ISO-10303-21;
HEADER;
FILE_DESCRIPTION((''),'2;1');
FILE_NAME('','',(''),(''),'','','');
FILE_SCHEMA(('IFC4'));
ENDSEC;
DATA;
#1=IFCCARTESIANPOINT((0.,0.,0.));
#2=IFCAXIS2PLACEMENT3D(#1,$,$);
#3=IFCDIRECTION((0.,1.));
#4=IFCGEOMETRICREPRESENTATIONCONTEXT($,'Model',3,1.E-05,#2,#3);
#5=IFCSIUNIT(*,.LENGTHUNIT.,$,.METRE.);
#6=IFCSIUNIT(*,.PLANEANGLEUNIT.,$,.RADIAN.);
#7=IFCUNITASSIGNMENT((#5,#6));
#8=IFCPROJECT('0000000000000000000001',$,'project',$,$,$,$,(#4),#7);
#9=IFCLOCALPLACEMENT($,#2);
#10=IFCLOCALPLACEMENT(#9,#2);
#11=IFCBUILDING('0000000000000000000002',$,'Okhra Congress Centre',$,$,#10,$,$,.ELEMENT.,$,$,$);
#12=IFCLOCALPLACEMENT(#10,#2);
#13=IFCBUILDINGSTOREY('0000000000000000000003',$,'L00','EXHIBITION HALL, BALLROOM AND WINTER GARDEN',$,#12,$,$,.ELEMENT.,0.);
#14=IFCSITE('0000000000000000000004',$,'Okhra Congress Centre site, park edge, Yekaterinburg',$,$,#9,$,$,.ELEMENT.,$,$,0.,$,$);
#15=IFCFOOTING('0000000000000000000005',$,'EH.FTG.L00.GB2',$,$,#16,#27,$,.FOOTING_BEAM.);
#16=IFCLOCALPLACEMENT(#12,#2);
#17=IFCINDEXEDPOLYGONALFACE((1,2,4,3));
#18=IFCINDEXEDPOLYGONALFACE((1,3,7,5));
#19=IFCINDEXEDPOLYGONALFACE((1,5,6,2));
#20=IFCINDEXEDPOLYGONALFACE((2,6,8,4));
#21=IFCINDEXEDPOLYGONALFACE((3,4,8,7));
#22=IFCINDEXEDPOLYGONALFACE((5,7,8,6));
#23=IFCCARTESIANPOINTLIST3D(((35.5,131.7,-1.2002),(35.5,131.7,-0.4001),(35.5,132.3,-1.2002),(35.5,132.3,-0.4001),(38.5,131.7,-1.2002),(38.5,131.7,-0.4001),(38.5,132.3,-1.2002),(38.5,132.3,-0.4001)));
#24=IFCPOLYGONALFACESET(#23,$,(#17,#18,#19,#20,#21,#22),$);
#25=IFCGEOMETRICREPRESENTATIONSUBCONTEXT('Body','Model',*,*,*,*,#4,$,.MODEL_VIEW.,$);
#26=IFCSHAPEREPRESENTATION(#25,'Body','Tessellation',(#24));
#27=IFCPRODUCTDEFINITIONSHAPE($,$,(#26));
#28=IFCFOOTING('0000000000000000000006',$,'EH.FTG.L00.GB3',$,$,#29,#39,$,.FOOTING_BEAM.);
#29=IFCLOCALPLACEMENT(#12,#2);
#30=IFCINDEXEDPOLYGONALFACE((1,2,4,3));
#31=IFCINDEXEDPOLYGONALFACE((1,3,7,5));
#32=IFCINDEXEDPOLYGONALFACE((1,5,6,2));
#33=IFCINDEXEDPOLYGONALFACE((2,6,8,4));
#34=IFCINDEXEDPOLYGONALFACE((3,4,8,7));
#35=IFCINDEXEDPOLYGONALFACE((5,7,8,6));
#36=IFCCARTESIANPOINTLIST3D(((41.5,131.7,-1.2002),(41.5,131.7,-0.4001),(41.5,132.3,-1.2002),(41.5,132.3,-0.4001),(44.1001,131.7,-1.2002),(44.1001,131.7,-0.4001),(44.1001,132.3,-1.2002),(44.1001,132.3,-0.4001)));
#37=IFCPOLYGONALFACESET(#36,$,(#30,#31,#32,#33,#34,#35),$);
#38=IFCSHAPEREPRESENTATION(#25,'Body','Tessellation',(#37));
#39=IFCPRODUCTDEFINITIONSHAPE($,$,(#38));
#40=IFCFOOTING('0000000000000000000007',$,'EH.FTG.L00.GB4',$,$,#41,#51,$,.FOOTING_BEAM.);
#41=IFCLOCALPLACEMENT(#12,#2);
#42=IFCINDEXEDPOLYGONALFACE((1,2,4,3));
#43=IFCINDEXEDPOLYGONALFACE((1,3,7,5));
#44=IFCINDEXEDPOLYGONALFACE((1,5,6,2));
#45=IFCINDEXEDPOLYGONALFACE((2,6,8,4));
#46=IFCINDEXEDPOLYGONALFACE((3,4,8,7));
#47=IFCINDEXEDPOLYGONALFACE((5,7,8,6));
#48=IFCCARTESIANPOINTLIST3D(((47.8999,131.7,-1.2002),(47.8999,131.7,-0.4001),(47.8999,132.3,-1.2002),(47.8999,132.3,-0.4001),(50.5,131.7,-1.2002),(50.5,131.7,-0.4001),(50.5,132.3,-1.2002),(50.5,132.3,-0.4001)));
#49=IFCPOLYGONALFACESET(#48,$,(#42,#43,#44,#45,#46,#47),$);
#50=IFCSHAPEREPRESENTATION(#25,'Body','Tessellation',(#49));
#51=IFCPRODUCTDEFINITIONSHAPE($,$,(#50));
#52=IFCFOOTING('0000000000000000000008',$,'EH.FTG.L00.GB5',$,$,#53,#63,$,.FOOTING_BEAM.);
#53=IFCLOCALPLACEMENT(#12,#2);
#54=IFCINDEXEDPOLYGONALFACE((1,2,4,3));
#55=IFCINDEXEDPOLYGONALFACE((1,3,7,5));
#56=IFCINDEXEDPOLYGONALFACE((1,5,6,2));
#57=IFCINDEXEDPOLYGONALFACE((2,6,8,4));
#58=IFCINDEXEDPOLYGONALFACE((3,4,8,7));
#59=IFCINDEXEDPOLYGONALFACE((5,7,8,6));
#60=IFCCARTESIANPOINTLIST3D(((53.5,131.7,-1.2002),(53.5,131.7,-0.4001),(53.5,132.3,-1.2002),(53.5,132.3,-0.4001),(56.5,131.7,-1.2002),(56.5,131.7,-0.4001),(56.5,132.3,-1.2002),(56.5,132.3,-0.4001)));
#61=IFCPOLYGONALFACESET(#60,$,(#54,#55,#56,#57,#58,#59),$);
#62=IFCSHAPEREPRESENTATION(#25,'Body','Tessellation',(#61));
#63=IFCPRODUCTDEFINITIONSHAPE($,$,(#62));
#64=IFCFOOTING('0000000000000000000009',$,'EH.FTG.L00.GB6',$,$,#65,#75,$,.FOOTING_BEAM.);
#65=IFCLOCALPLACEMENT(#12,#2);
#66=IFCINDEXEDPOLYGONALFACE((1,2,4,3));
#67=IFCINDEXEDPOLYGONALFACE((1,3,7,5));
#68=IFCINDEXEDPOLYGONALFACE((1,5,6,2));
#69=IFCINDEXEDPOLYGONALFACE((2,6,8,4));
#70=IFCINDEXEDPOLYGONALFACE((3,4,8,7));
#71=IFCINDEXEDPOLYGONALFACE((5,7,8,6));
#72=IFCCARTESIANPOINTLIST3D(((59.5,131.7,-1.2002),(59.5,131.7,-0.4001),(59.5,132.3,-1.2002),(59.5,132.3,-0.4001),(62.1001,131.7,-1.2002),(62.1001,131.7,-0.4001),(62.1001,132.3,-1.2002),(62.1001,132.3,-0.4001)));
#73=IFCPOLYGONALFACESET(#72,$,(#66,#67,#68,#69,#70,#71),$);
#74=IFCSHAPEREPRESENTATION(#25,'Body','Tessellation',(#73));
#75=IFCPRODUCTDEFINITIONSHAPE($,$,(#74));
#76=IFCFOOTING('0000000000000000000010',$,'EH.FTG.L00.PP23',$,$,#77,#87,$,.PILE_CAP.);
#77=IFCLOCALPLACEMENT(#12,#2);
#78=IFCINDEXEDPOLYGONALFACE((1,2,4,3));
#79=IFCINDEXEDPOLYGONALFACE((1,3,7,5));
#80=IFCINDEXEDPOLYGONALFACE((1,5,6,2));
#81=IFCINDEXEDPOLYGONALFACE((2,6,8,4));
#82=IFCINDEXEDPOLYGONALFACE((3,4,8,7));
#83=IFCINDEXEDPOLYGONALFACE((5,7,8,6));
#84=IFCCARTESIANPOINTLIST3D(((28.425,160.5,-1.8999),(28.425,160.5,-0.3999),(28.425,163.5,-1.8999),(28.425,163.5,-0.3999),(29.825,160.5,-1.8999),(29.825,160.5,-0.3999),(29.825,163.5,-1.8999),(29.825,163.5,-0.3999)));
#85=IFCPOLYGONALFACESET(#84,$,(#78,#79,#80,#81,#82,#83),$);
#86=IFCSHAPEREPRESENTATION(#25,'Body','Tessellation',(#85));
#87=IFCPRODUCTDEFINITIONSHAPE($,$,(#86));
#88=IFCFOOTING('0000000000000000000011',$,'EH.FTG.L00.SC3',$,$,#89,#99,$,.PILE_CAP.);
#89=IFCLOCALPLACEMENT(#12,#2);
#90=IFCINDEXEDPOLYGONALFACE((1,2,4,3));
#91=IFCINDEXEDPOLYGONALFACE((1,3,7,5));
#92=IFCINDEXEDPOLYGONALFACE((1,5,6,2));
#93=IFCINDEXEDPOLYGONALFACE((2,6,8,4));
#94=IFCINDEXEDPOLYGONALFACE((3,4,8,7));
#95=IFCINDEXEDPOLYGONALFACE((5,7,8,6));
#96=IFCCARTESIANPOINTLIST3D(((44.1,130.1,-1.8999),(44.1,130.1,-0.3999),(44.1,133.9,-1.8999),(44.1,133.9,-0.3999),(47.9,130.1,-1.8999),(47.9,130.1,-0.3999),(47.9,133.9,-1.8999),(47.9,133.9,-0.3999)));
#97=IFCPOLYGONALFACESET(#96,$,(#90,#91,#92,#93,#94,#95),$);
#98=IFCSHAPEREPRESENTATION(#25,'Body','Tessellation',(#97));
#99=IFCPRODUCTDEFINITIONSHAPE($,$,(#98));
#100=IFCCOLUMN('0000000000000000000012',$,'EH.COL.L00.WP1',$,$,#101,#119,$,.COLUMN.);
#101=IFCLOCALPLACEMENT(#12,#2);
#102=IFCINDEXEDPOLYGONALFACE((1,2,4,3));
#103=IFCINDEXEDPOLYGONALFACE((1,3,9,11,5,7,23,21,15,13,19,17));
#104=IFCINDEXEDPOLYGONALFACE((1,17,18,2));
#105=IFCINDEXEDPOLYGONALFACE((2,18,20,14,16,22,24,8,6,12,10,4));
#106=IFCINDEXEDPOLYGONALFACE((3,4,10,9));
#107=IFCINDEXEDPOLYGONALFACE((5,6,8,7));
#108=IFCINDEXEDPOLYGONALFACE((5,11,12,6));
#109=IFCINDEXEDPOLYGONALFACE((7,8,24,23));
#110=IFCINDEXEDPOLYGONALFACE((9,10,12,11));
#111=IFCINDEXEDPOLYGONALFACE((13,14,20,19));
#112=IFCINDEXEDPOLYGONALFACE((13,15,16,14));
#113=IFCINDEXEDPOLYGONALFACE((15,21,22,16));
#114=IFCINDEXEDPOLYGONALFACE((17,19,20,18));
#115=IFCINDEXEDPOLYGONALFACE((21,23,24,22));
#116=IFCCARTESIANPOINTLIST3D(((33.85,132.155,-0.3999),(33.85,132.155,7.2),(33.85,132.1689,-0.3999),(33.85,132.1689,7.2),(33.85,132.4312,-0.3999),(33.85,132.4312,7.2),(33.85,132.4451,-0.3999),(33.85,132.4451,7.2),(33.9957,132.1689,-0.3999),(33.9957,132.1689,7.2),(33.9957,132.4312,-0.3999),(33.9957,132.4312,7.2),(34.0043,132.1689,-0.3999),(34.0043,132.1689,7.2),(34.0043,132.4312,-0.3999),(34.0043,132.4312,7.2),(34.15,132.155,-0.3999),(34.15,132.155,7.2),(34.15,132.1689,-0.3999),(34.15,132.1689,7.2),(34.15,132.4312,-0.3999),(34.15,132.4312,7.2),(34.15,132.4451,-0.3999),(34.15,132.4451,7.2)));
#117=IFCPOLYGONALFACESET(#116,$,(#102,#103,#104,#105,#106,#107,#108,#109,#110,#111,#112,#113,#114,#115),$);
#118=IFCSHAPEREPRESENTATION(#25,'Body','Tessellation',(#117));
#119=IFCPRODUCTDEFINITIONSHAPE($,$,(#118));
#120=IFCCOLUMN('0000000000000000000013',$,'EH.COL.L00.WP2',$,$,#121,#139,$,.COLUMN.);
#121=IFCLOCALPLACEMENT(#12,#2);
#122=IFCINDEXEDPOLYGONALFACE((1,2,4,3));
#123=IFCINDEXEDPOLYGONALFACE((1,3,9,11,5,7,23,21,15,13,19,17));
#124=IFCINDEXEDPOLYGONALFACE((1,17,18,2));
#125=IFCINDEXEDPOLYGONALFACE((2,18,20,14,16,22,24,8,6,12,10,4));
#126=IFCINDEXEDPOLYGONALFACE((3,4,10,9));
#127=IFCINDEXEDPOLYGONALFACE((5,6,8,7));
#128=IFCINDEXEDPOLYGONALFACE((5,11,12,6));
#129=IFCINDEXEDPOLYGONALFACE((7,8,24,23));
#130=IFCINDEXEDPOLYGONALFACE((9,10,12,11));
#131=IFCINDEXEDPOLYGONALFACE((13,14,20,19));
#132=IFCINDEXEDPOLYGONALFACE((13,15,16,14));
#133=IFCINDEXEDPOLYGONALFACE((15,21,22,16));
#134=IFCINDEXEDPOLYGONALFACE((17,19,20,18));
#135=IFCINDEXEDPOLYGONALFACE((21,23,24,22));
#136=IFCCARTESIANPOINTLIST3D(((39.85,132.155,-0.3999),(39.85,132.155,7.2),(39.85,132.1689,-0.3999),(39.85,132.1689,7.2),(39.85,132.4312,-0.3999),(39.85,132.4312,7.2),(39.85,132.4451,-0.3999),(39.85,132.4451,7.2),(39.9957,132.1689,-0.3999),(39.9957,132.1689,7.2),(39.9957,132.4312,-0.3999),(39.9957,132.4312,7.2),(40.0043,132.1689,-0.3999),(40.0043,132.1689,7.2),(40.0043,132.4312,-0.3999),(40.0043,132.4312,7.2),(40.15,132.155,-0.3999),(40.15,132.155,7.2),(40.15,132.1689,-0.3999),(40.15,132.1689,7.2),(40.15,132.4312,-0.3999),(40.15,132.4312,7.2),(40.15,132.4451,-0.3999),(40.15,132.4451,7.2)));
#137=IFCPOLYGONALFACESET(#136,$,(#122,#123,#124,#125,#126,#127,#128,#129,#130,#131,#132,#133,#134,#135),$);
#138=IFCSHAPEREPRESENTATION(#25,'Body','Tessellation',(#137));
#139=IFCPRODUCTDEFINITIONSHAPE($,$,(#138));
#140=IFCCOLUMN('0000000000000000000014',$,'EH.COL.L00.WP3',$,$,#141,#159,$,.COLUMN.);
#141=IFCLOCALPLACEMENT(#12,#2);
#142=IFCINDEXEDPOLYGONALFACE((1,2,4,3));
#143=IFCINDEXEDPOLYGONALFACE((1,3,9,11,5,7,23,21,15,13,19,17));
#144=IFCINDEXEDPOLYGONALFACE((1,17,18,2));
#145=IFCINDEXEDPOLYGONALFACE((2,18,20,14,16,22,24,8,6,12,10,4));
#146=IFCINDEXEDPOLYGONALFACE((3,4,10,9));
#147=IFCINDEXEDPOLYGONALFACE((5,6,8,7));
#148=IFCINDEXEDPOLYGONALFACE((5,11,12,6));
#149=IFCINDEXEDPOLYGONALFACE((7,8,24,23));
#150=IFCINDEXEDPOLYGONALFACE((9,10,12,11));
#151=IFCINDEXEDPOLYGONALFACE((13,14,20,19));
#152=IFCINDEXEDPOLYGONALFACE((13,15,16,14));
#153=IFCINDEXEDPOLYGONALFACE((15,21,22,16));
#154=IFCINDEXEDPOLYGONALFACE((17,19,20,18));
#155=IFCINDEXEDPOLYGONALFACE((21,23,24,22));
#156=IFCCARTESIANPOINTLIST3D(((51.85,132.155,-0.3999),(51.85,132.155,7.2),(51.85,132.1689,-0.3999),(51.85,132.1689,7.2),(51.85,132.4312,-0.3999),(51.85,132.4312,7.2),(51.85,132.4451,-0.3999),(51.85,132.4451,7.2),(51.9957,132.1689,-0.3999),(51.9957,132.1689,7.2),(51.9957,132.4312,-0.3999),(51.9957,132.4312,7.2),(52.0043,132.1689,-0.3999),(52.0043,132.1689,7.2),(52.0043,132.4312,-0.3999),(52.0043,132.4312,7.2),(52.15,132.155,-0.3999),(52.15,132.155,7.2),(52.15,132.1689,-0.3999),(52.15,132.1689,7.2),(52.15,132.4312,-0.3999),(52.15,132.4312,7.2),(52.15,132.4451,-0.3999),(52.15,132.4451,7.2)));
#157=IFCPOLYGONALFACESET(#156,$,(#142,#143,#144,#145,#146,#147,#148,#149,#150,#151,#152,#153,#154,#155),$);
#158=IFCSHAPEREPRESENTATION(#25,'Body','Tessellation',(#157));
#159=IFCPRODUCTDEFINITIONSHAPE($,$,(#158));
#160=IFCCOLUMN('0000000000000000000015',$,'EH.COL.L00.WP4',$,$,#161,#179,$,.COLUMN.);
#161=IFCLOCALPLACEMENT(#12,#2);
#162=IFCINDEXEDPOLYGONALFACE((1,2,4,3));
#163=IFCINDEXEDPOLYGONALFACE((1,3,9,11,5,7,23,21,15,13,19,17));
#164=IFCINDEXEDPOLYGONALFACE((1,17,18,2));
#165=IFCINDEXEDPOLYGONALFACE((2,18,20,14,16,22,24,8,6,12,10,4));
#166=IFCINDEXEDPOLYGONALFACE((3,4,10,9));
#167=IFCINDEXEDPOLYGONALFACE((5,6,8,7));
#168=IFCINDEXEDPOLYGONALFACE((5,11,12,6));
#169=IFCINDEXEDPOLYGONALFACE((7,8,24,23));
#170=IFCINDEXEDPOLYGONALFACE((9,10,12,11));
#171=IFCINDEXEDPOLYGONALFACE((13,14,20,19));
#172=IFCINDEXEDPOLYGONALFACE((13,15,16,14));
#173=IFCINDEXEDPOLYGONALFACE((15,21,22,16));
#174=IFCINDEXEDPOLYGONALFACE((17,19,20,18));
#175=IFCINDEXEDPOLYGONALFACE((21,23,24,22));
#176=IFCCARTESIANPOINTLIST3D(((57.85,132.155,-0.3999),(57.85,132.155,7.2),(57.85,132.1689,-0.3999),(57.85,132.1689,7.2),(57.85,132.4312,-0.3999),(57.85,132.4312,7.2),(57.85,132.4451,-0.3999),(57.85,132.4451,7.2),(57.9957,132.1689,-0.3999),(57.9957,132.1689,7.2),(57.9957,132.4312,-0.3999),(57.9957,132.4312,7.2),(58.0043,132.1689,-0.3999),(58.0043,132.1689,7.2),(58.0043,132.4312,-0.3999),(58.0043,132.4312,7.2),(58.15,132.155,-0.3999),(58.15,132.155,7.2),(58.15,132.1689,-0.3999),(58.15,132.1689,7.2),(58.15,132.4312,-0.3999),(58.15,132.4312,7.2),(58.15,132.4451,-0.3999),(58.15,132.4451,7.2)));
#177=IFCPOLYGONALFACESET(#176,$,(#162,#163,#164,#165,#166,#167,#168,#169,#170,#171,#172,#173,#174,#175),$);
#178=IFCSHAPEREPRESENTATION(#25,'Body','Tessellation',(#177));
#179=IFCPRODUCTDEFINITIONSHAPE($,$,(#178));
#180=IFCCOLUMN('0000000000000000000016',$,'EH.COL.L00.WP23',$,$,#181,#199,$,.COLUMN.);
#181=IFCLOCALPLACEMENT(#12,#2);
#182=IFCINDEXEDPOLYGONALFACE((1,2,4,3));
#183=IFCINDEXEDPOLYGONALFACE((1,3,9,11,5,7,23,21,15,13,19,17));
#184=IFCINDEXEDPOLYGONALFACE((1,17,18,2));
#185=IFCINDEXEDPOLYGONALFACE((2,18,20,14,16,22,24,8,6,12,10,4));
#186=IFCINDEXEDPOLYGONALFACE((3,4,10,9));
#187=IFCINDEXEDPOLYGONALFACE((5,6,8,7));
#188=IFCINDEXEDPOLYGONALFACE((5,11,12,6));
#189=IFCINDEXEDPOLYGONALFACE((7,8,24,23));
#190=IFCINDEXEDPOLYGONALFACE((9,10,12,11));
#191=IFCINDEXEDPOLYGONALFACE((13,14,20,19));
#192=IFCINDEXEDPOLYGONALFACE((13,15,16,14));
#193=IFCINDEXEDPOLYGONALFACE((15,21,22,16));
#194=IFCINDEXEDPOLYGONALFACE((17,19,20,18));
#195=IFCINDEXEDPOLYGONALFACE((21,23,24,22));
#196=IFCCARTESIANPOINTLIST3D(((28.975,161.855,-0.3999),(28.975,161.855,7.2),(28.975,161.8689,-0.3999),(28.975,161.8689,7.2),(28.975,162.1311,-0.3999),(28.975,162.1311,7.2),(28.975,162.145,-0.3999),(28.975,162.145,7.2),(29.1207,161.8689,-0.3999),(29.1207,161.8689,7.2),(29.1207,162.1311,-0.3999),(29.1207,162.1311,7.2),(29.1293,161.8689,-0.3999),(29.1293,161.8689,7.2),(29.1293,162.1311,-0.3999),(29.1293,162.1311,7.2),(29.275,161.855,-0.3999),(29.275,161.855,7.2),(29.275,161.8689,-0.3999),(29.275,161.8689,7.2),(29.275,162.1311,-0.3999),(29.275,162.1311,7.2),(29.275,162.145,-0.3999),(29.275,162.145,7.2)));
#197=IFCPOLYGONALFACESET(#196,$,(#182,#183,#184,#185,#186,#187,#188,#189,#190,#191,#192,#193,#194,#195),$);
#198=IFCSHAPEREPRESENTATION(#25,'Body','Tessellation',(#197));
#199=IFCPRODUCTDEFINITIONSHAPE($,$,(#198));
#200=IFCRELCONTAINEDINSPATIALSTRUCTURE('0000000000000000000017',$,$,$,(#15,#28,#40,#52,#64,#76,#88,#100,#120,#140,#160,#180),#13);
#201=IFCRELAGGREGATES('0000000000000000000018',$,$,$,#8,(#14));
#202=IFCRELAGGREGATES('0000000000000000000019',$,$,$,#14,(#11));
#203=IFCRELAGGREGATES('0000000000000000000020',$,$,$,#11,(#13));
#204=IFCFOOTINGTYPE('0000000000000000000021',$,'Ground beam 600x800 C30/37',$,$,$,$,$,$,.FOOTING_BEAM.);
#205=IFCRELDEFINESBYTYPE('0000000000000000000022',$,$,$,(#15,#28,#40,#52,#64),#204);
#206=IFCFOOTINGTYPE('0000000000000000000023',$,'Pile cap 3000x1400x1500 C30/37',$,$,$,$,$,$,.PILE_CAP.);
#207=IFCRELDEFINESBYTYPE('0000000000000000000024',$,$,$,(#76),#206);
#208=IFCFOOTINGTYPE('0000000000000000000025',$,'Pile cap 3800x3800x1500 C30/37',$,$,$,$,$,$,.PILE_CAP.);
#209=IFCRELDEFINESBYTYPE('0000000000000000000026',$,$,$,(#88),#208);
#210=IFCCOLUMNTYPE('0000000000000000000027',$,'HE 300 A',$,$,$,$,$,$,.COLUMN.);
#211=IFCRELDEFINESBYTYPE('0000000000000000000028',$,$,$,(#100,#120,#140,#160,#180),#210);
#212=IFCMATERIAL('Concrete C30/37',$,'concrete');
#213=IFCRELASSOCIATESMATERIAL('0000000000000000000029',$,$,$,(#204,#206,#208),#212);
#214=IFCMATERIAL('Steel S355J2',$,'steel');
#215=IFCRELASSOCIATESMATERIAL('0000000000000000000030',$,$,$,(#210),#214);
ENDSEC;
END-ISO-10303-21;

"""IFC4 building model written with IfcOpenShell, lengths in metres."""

from ifc_helpers import new_model, si_unit, direction, frame, origin, origin_2d, place, context, subcontext, project, spatial, rectangle, i_section, extrude, material, material_profile, profile_set, type_object, element, save


model = new_model("IFC4")

# Units and contexts
model_context = context("Model", 3, precision=1e-05, world=origin(), true_north=direction((0.0, 1.0)))
body_context = subcontext(model_context, "Body", "Model", "MODEL_VIEW")
ifc_project = project(units=[si_unit("LENGTHUNIT", "METRE"), si_unit("PLANEANGLEUNIT", "RADIAN")], contexts=[model_context])

# Site, building, storey
site_placement = place(None, origin())
site = spatial("IfcSite", under=ifc_project, at=site_placement, Name="Okhra Congress Centre site, park edge, Yekaterinburg", CompositionType="ELEMENT", RefElevation=0.0)
building_placement = place(site_placement, origin())
building = spatial("IfcBuilding", under=site, at=building_placement, Name="Okhra Congress Centre", CompositionType="ELEMENT")
storey_placement = place(building_placement, origin())
storey = spatial("IfcBuildingStorey", under=building, at=storey_placement, Name="L00", Description="EXHIBITION HALL, BALLROOM AND WINTER GARDEN", CompositionType="ELEMENT", Elevation=0.0)

# Shared definitions
ifc_material_1 = material(Name="Concrete C30/37", Category="concrete")

# Footings
footing_type_1 = type_object("IfcFootingType", Name="Ground beam 600x800 C30/37", PredefinedType="FOOTING_BEAM", material=ifc_material_1)
footing_1_placement = place(storey_placement, frame((37.0, 132.0, -1.2002), z_axis=(0.0, 0.0, 1.0), x_axis=(1.0, 0.0, 0.0)))
element("IfcFooting", 1, at=footing_1_placement, inside=storey, type_object=footing_type_1, Name="EH.FTG.L00.GB2", PredefinedType="FOOTING_BEAM", context=body_context, shape_type="SweptSolid", body=[
    extrude(rectangle(XDim=3.0, YDim=0.6001, at=origin_2d()), origin(), (0.0, 0.0, 1.0), 0.8),
])
for number, where, z_axis, x_axis, name in (
    (2, (42.8, 132.0, -1.2002), (0.0, 0.0, 1.0), (1.0, 0.0, 0.0), "EH.FTG.L00.GB3"),
    (3, (49.2, 132.0, -1.2002), (0.0, 0.0, 1.0), (1.0, 0.0, 0.0), "EH.FTG.L00.GB4"),
):
    element("IfcFooting", number, at=place(storey_placement, frame(where, z_axis=z_axis, x_axis=x_axis)), inside=storey, type_object=footing_type_1, Name=name, PredefinedType="FOOTING_BEAM", context=body_context, shape_type="SweptSolid", body=[
        extrude(rectangle(XDim=2.6001, YDim=0.6001, at=origin_2d()), origin(), (0.0, 0.0, 1.0), 0.8),
    ])
footing_2_placement = place(storey_placement, frame((55.0, 132.0, -1.2002), z_axis=(0.0, 0.0, 1.0), x_axis=(1.0, 0.0, 0.0)))
element("IfcFooting", 4, at=footing_2_placement, inside=storey, type_object=footing_type_1, Name="EH.FTG.L00.GB5", PredefinedType="FOOTING_BEAM", context=body_context, shape_type="SweptSolid", body=[
    extrude(rectangle(XDim=3.0, YDim=0.6001, at=origin_2d()), origin(), (0.0, 0.0, 1.0), 0.8),
])
footing_3_placement = place(storey_placement, frame((60.8, 132.0, -1.2002), z_axis=(0.0, 0.0, 1.0), x_axis=(1.0, 0.0, 0.0)))
element("IfcFooting", 5, at=footing_3_placement, inside=storey, type_object=footing_type_1, Name="EH.FTG.L00.GB6", PredefinedType="FOOTING_BEAM", context=body_context, shape_type="SweptSolid", body=[
    extrude(rectangle(XDim=2.6001, YDim=0.6001, at=origin_2d()), origin(), (0.0, 0.0, 1.0), 0.8),
])
footing_type_2 = type_object("IfcFootingType", Name="Pile cap 3000x1400x1500 C30/37", PredefinedType="PILE_CAP", material=ifc_material_1)
footing_4_placement = place(storey_placement, frame((29.125, 162.0, -1.8999), z_axis=(0.0, 0.0, 1.0), x_axis=(0.0, 1.0, 0.0)))
element("IfcFooting", 6, at=footing_4_placement, inside=storey, type_object=footing_type_2, Name="EH.FTG.L00.PP23", PredefinedType="PILE_CAP", context=body_context, shape_type="SweptSolid", body=[
    extrude(rectangle(XDim=3.0, YDim=1.3999, at=origin_2d()), origin(), (0.0, 0.0, 1.0), 1.5),
])
footing_type_3 = type_object("IfcFootingType", Name="Pile cap 3800x3800x1500 C30/37", PredefinedType="PILE_CAP", material=ifc_material_1)
footing_5_placement = place(storey_placement, frame((46.0, 132.0, -1.8999), z_axis=(0.0, 0.0, 1.0), x_axis=(1.0, 0.0, 0.0)))
element("IfcFooting", 7, at=footing_5_placement, inside=storey, type_object=footing_type_3, Name="EH.FTG.L00.SC3", PredefinedType="PILE_CAP", context=body_context, shape_type="SweptSolid", body=[
    extrude(rectangle(XDim=3.8, YDim=3.8, at=origin_2d()), origin(), (0.0, 0.0, 1.0), 1.5),
])

# Columns
ifc_material_2 = material(Name="Steel S355J2", Category="steel")
ifc_material_profile_1 = material_profile(ifc_material_2, i_section(OverallWidth=0.3, OverallDepth=0.29, WebThickness=0.0085, FlangeThickness=0.0139, at=origin_2d()), Name="HE 300 A")
ifc_profile_set_1 = profile_set([ifc_material_profile_1], Name="Steel S355J2")
column_type_1 = type_object("IfcColumnType", Name="HE 300 A", PredefinedType="COLUMN", material=ifc_profile_set_1)
for number, where, z_axis, x_axis, name in (
    (8, (34.0, 132.3, -0.3999), (0.0, 0.0, 1.0), (1.0, 0.0, 0.0), "EH.COL.L00.WP1"),
    (9, (40.0, 132.3, -0.3999), (0.0, 0.0, 1.0), (1.0, 0.0, 0.0), "EH.COL.L00.WP2"),
    (10, (52.0, 132.3, -0.3999), (0.0, 0.0, 1.0), (1.0, 0.0, 0.0), "EH.COL.L00.WP3"),
    (11, (58.0, 132.3, -0.3999), (0.0, 0.0, 1.0), (1.0, 0.0, 0.0), "EH.COL.L00.WP4"),
    (12, (29.125, 162.0, -0.3999), (0.0, 0.0, 1.0), (1.0, 0.0, 0.0), "EH.COL.L00.WP23"),
):
    element("IfcColumn", number, at=place(storey_placement, frame(where, z_axis=z_axis, x_axis=x_axis)), inside=storey, type_object=column_type_1, Name=name, PredefinedType="COLUMN", context=body_context, shape_type="SweptSolid", body=[
        extrude(i_section(OverallWidth=0.3, OverallDepth=0.29, WebThickness=0.0085, FlangeThickness=0.0139, at=origin_2d()), origin(), (0.0, 0.0, 1.0), 7.5999),
    ])

save(model, "model.ifc")
